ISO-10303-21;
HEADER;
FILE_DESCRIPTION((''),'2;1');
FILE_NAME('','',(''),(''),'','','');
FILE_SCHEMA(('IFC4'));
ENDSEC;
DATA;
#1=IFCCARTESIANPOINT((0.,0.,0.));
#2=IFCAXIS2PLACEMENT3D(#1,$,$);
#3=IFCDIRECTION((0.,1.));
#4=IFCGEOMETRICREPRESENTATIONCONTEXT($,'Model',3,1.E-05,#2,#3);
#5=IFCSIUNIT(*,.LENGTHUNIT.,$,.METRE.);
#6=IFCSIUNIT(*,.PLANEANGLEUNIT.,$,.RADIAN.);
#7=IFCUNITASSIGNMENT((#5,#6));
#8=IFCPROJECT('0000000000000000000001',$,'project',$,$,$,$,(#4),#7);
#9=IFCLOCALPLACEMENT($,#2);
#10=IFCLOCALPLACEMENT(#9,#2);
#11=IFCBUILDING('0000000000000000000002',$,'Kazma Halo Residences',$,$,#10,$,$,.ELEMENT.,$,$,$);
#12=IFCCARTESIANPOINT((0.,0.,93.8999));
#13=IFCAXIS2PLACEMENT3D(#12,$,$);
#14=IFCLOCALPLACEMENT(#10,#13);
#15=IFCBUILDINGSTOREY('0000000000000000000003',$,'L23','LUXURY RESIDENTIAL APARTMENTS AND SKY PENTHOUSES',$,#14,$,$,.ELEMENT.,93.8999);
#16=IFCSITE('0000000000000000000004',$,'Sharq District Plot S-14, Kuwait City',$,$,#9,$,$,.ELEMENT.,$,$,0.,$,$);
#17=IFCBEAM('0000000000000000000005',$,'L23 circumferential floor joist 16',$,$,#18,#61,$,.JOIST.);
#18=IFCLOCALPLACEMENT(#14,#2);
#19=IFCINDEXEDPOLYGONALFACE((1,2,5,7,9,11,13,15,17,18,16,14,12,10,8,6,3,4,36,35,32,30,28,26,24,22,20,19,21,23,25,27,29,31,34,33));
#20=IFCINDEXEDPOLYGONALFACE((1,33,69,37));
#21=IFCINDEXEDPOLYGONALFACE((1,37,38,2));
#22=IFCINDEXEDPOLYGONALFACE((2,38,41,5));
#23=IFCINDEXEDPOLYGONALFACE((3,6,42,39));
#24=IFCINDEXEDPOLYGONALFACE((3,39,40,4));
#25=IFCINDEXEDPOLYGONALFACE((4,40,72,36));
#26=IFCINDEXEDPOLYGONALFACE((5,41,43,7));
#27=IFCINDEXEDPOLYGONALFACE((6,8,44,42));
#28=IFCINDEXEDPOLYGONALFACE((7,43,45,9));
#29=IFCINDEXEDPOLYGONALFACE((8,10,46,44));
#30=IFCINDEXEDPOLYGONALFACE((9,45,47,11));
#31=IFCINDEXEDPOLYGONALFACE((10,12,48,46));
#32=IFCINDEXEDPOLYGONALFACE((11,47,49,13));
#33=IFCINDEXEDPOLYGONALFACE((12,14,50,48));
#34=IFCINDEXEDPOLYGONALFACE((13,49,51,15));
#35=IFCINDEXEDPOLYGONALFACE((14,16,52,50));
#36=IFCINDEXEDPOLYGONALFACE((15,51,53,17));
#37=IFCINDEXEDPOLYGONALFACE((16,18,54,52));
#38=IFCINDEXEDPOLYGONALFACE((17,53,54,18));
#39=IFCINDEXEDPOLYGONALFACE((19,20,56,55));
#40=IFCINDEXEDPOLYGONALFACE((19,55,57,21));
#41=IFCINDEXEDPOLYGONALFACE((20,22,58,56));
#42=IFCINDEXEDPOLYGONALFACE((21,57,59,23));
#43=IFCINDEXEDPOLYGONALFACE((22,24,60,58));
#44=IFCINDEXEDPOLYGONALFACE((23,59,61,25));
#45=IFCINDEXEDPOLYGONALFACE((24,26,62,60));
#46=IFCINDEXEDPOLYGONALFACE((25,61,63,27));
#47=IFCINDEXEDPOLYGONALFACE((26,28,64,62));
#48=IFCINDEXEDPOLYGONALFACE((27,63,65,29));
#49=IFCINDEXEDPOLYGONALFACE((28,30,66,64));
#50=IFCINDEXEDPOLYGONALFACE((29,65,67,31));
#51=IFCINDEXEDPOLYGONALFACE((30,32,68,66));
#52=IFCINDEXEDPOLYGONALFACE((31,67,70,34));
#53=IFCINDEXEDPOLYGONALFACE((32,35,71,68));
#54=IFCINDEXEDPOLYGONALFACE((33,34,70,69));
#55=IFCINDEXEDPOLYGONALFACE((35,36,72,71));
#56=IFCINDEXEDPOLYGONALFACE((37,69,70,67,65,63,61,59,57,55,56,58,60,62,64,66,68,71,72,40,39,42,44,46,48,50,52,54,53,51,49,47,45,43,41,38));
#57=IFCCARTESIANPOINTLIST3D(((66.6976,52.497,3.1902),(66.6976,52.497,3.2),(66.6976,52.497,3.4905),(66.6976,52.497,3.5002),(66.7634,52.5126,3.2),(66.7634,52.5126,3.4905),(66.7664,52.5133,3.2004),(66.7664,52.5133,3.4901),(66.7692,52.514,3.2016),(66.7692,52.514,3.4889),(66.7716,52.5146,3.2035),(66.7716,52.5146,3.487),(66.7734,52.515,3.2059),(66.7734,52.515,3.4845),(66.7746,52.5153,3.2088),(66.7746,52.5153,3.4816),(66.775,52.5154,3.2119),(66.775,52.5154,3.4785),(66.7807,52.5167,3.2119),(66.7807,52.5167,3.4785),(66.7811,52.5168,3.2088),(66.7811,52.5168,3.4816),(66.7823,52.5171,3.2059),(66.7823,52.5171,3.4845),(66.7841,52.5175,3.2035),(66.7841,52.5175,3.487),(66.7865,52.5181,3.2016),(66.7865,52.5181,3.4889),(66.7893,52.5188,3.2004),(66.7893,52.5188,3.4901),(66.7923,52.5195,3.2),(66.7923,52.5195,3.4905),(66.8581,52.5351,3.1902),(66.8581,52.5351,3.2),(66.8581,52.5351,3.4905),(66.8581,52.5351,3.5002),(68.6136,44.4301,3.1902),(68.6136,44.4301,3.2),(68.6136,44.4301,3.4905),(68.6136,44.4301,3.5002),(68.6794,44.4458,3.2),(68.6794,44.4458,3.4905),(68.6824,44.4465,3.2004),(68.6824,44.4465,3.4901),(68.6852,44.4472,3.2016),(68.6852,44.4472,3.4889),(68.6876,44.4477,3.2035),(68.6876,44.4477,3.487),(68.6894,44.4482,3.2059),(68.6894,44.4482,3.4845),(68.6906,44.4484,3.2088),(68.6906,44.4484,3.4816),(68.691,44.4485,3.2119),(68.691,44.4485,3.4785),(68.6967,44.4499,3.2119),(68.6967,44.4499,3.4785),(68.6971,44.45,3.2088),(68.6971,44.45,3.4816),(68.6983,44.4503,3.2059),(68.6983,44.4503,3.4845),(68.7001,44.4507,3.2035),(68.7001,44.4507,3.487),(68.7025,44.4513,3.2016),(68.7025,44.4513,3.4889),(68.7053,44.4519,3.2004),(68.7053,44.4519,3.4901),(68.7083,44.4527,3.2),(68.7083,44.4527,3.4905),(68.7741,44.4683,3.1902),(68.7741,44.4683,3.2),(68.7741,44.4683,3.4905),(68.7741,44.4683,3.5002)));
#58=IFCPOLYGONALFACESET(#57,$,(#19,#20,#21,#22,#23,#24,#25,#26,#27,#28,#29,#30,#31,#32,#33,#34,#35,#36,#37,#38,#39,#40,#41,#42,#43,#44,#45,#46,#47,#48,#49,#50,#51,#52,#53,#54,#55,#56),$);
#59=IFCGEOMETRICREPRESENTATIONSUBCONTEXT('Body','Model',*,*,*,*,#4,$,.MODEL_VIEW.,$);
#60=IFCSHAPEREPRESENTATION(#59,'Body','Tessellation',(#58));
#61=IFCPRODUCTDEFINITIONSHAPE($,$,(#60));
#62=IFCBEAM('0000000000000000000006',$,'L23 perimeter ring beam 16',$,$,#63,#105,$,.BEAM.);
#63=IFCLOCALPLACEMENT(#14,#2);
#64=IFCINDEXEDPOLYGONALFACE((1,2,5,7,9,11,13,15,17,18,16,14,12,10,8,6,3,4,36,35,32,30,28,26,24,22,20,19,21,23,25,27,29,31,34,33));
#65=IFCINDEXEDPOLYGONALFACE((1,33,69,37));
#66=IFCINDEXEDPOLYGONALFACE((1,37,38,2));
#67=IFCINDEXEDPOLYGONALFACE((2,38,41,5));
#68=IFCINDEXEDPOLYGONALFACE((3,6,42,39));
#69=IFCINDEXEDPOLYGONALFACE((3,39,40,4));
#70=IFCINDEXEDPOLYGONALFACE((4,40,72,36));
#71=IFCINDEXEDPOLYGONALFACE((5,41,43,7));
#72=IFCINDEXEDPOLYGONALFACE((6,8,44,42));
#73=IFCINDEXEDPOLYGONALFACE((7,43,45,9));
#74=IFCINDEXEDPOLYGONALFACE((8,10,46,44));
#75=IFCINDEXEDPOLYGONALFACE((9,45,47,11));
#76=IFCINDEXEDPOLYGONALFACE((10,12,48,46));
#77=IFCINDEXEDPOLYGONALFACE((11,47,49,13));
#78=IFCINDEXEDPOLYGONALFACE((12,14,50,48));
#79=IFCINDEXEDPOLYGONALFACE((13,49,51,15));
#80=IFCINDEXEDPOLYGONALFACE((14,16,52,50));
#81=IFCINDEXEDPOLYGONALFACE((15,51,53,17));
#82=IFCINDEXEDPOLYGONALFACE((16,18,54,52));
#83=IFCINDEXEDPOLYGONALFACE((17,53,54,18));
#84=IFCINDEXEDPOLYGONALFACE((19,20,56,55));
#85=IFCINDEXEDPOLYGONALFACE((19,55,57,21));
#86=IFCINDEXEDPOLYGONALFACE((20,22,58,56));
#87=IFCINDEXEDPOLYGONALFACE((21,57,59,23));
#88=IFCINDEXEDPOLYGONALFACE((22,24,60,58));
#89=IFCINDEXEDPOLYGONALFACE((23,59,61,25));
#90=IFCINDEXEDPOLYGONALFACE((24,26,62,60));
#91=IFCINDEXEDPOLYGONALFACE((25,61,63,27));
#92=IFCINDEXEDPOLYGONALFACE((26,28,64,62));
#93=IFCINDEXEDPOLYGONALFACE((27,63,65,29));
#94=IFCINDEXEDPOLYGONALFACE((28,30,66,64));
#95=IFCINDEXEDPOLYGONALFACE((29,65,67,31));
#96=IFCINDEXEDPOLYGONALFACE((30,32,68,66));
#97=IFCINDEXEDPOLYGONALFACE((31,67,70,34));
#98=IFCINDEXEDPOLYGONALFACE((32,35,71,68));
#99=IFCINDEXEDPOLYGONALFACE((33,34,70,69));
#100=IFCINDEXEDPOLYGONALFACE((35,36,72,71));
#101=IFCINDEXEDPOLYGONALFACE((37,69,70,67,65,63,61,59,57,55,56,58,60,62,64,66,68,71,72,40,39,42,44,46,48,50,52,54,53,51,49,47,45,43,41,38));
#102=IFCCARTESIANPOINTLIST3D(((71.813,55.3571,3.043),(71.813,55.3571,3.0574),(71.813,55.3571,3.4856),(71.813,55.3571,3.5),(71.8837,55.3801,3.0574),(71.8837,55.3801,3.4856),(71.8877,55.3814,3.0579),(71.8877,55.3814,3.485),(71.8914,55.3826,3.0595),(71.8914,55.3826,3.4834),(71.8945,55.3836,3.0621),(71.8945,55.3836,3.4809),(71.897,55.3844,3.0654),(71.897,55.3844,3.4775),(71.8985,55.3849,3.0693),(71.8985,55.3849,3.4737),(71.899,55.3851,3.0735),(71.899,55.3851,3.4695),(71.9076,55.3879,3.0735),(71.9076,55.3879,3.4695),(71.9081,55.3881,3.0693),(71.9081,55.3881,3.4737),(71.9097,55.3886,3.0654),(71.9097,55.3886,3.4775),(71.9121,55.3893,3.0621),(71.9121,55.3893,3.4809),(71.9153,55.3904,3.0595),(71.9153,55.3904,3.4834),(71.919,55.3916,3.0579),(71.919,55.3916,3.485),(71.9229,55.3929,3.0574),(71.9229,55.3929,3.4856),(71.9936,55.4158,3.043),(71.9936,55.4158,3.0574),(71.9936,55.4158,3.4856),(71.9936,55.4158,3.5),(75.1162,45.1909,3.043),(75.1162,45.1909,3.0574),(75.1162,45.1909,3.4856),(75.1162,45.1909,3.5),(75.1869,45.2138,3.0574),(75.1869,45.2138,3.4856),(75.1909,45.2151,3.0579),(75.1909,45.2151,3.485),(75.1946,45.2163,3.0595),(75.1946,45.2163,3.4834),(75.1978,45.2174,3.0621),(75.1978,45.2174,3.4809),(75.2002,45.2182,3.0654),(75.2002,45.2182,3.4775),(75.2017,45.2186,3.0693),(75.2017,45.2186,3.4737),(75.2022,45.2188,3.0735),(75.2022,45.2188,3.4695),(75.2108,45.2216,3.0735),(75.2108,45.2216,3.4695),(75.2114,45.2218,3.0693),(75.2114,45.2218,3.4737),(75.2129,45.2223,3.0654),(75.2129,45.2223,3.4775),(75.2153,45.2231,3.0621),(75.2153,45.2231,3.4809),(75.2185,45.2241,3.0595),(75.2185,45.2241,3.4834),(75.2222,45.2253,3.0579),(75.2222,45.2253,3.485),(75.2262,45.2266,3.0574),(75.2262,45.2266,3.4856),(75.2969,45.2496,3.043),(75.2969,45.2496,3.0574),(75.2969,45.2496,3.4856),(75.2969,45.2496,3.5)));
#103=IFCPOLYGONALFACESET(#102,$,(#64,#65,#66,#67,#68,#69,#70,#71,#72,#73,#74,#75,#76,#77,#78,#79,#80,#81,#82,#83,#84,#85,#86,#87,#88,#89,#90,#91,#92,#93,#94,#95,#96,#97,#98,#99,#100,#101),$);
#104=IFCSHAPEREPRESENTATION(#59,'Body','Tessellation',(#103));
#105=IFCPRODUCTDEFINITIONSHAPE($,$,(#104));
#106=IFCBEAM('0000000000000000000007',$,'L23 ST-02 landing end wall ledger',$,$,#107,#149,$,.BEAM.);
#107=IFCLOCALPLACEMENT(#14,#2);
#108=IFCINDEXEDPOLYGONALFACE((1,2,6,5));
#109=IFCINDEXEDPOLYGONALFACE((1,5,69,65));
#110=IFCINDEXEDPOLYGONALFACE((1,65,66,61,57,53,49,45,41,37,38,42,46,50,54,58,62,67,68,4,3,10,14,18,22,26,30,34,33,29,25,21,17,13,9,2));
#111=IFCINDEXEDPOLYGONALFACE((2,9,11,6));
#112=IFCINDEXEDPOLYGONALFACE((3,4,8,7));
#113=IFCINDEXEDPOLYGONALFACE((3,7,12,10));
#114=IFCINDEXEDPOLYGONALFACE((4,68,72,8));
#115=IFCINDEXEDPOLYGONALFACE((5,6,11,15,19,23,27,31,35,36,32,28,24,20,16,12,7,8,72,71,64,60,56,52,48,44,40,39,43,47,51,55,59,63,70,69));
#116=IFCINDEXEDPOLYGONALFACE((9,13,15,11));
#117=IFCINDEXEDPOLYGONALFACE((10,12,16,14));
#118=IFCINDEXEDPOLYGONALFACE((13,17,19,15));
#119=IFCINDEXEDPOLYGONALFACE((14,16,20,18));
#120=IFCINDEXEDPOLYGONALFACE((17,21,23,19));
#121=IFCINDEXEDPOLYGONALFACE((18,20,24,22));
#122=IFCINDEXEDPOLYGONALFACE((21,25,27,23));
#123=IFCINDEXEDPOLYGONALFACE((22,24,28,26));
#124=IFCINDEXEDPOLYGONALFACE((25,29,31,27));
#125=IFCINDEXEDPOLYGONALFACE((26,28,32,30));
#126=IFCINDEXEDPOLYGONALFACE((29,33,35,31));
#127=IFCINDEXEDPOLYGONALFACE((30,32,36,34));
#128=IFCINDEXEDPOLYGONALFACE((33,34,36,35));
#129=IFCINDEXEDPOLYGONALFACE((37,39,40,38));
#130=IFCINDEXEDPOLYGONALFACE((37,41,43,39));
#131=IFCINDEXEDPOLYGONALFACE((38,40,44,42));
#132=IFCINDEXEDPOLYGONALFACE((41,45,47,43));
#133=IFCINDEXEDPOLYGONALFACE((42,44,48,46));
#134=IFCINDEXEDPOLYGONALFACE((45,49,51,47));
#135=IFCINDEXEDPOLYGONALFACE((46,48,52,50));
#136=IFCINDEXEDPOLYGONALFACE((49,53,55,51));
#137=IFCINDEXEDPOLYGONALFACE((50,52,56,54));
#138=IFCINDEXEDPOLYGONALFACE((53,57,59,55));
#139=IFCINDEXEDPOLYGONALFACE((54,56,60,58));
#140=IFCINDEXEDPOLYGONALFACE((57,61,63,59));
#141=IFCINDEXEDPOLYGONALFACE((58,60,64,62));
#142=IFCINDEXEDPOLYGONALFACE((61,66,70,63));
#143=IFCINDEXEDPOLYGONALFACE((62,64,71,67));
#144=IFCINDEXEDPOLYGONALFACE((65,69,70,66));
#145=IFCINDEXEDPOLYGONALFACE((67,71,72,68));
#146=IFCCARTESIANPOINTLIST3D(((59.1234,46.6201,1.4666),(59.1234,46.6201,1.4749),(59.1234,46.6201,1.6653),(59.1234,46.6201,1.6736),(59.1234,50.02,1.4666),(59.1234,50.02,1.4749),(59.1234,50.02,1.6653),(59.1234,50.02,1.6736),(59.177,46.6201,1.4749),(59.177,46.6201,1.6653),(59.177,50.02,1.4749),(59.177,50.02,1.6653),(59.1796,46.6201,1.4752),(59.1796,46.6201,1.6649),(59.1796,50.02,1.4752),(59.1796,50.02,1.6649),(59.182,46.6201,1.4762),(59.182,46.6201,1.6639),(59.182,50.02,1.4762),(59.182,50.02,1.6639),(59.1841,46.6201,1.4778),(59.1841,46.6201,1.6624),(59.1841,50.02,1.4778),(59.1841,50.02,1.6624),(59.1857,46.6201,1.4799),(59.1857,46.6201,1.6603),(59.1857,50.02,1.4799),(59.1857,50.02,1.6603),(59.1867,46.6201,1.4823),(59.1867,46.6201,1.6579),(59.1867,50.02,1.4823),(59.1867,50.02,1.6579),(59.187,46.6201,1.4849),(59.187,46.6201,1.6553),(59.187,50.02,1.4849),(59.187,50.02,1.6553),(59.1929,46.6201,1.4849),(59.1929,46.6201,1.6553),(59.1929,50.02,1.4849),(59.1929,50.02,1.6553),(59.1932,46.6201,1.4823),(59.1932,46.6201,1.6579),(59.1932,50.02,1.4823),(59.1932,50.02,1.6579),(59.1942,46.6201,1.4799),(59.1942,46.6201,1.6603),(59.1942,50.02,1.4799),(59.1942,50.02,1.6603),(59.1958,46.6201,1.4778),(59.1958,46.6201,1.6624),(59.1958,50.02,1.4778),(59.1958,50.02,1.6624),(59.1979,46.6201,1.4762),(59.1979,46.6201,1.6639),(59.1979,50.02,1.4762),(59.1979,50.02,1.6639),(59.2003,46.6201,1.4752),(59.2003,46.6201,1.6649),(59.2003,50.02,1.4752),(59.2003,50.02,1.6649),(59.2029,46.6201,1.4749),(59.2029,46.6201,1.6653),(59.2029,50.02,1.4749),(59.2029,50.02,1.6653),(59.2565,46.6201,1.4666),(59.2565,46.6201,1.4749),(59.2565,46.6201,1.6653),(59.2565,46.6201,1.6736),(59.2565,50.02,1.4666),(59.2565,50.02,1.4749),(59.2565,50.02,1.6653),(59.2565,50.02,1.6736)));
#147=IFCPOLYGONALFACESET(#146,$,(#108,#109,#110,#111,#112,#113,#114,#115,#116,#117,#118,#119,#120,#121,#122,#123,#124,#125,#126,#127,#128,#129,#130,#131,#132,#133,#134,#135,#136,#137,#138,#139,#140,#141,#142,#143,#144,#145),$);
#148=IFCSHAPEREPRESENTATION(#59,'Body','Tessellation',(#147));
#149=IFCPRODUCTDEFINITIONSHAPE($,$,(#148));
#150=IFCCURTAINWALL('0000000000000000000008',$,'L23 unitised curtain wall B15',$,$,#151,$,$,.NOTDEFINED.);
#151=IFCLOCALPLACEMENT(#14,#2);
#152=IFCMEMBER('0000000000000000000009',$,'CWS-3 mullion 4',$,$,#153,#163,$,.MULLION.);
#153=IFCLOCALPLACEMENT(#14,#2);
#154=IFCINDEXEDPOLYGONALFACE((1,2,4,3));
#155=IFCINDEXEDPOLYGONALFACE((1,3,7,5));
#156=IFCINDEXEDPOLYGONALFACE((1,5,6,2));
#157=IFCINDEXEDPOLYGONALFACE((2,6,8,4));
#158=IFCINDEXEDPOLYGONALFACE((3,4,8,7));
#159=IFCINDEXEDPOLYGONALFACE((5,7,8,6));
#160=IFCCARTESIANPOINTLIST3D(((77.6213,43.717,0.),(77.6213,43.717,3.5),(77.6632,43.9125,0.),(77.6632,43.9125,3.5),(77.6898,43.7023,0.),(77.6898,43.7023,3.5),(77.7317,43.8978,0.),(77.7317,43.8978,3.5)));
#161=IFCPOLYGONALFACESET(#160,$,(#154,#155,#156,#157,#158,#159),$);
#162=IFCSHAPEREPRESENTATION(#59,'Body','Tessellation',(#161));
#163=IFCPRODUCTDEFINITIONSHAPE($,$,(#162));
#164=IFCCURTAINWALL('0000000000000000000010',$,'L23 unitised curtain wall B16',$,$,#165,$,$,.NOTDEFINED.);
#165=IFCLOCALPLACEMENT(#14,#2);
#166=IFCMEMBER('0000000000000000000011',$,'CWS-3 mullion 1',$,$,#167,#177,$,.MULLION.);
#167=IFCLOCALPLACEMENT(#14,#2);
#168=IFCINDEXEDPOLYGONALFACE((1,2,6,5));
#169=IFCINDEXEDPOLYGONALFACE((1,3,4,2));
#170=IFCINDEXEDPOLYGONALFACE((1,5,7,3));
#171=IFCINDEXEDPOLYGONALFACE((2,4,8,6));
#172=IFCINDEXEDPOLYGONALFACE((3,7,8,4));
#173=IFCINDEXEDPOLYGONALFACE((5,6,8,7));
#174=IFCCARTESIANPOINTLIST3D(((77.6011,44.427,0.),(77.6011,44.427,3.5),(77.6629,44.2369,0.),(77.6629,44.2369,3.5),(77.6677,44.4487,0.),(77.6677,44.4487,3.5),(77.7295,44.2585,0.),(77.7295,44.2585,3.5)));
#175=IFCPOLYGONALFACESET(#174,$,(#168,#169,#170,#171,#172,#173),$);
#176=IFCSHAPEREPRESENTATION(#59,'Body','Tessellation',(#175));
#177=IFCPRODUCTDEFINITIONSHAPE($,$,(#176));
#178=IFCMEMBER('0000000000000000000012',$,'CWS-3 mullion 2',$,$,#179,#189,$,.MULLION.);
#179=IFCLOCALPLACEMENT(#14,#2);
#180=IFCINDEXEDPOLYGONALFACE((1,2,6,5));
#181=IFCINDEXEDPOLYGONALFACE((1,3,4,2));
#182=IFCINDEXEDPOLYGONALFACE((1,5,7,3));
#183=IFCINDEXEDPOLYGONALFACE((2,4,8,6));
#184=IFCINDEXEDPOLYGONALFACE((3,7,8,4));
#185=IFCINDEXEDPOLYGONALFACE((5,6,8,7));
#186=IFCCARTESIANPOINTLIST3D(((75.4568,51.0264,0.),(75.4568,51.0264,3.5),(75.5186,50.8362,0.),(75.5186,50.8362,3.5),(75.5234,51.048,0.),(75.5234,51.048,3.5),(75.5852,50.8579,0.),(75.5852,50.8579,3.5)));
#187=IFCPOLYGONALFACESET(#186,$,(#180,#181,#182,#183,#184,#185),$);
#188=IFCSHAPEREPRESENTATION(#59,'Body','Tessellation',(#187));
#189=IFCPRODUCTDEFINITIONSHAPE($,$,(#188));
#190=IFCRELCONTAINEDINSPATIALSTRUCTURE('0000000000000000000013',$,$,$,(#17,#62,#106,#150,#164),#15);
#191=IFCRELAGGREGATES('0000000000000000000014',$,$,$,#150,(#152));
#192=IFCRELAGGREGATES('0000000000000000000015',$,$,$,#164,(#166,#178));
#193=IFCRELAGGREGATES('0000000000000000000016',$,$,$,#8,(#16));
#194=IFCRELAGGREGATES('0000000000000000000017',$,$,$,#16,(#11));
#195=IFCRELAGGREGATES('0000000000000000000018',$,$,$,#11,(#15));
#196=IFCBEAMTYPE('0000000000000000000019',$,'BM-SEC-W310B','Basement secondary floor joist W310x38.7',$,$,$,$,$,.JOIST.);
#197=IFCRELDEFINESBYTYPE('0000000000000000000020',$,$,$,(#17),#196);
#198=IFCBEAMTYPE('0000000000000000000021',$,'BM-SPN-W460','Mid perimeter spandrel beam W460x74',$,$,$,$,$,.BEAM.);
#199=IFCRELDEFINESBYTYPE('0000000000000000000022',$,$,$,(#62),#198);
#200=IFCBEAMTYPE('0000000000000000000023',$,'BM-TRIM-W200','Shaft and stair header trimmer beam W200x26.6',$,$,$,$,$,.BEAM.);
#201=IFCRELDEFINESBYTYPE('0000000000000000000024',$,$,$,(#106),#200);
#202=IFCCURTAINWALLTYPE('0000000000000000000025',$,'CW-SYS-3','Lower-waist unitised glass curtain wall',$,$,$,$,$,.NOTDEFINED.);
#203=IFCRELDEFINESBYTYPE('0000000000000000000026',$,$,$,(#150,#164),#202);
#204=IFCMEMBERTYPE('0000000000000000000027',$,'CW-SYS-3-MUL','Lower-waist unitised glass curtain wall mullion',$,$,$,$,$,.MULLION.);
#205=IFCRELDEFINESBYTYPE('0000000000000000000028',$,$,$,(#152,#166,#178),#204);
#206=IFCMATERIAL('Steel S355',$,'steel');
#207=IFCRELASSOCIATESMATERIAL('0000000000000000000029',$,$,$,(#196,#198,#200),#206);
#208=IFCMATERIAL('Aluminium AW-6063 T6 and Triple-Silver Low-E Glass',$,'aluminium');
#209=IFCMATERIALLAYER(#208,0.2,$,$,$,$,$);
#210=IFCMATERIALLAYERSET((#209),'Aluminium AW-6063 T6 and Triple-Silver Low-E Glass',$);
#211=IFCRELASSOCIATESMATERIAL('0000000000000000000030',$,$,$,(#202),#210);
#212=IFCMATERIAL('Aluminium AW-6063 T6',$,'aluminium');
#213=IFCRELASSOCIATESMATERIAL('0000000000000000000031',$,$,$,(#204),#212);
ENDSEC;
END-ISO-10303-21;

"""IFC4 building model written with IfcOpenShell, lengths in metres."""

from ifc_helpers import new_model, si_unit, direction, frame, origin, origin_2d, place, context, subcontext, project, spatial, rectangle, i_section, extrude, material, layer, layer_set, material_profile, profile_set, type_object, element, aggregate, save


model = new_model("IFC4")

# Units and contexts
model_context = context("Model", 3, precision=1e-05, world=origin(), true_north=direction((0.0, 1.0)))
body_context = subcontext(model_context, "Body", "Model", "MODEL_VIEW")
ifc_project = project(units=[si_unit("LENGTHUNIT", "METRE"), si_unit("PLANEANGLEUNIT", "RADIAN")], contexts=[model_context])

# Site, building, storey
site_placement = place(None, origin())
site = spatial("IfcSite", under=ifc_project, at=site_placement, Name="Sharq District Plot S-14, Kuwait City", CompositionType="ELEMENT", RefElevation=0.0)
building_placement = place(site_placement, origin())
building = spatial("IfcBuilding", under=site, at=building_placement, Name="Kazma Halo Residences", CompositionType="ELEMENT")
storey_placement = place(building_placement, frame((0.0, 0.0, 93.8999)))
storey = spatial("IfcBuildingStorey", under=building, at=storey_placement, Name="L23", Description="LUXURY RESIDENTIAL APARTMENTS AND SKY PENTHOUSES", CompositionType="ELEMENT", Elevation=93.8999)

# Beams
ifc_material_1 = material(Name="Steel S355", Category="steel")
ifc_material_profile_1 = material_profile(ifc_material_1, i_section(OverallWidth=0.165, OverallDepth=0.3101, WebThickness=0.0059, FlangeThickness=0.0098, FilletRadius=0.012, at=origin_2d()), Name="W310x38.7")
ifc_profile_set_1 = profile_set([ifc_material_profile_1], Name="Steel S355")
beam_type_1 = type_object("IfcBeamType", Name="BM-SEC-W310B", Description="Basement secondary floor joist W310x38.7", PredefinedType="JOIST", material=ifc_profile_set_1)
beam_1_placement = place(storey_placement, frame((68.6938, 44.4492, 3.3452), z_axis=(-0.231087, 0.972933, 0.0), x_axis=(-0.972933, -0.231087, 0.0)))
element("IfcBeam", 1, at=beam_1_placement, inside=storey, type_object=beam_type_1, Name="L23 circumferential floor joist 16", PredefinedType="JOIST", context=body_context, shape_type="SweptSolid", body=[
    extrude(i_section(OverallWidth=0.165, OverallDepth=0.3101, WebThickness=0.0059, FlangeThickness=0.0098, FilletRadius=0.012, at=origin_2d()), origin(), (0.0, 0.0, 1.0), 8.2913),
])
ifc_material_profile_2 = material_profile(ifc_material_1, i_section(OverallWidth=0.1899, OverallDepth=0.457, WebThickness=0.009, FlangeThickness=0.0144, FilletRadius=0.0161, at=origin_2d()), Name="W460x74")
ifc_profile_set_2 = profile_set([ifc_material_profile_2], Name="Steel S355")
beam_type_2 = type_object("IfcBeamType", Name="BM-SPN-W460", Description="Mid perimeter spandrel beam W460x74", PredefinedType="BEAM", material=ifc_profile_set_2)
beam_2_placement = place(storey_placement, frame((75.2065, 45.2202, 3.2715), z_axis=(-0.309017, 0.951056, 0.0), x_axis=(-0.951056, -0.309017, 0.0)))
element("IfcBeam", 2, at=beam_2_placement, inside=storey, type_object=beam_type_2, Name="L23 perimeter ring beam 16", PredefinedType="BEAM", context=body_context, shape_type="SweptSolid", body=[
    extrude(i_section(OverallWidth=0.1899, OverallDepth=0.457, WebThickness=0.009, FlangeThickness=0.0144, FilletRadius=0.0161, at=origin_2d()), origin(), (0.0, 0.0, 1.0), 10.6895),
])
ifc_material_profile_3 = material_profile(ifc_material_1, i_section(OverallWidth=0.1331, OverallDepth=0.207, WebThickness=0.0059, FlangeThickness=0.0083, FilletRadius=0.01, at=origin_2d()), Name="W200x26.6")
ifc_profile_set_3 = profile_set([ifc_material_profile_3], Name="Steel S355")
beam_type_3 = type_object("IfcBeamType", Name="BM-TRIM-W200", Description="Shaft and stair header trimmer beam W200x26.6", PredefinedType="BEAM", material=ifc_profile_set_3)
beam_3_placement = place(storey_placement, frame((59.1899, 46.6201, 1.5701), z_axis=(0.0, 1.0, 0.0), x_axis=(-1.0, 0.0, 0.0)))
element("IfcBeam", 3, at=beam_3_placement, inside=storey, type_object=beam_type_3, Name="L23 ST-02 landing end wall ledger", PredefinedType="BEAM", context=body_context, shape_type="SweptSolid", body=[
    extrude(i_section(OverallWidth=0.1331, OverallDepth=0.207, WebThickness=0.0059, FlangeThickness=0.0083, FilletRadius=0.01, at=origin_2d()), origin(), (0.0, 0.0, 1.0), 3.3999),
])

# Curtain wall, member
ifc_material_2 = material(Name="Aluminium AW-6063 T6 and Triple-Silver Low-E Glass", Category="aluminium")
ifc_layer_1 = layer(ifc_material_2, 0.2)
ifc_layer_set_1 = layer_set([ifc_layer_1], Name="Aluminium AW-6063 T6 and Triple-Silver Low-E Glass")
curtain_wall_type = type_object("IfcCurtainWallType", Name="CW-SYS-3", Description="Lower-waist unitised glass curtain wall", PredefinedType="NOTDEFINED", material=ifc_layer_set_1)
curtain_wall_1_placement = place(storey_placement, origin())
curtain_wall_1 = element("IfcCurtainWall", 4, at=curtain_wall_1_placement, inside=storey, type_object=curtain_wall_type, Name="L23 unitised curtain wall B15", PredefinedType="NOTDEFINED")
ifc_material_3 = material(Name="Aluminium AW-6063 T6", Category="aluminium")
ifc_material_profile_4 = material_profile(ifc_material_3, rectangle(XDim=0.0701, YDim=0.2, at=origin_2d()), Name="CWM-70x200")
ifc_profile_set_4 = profile_set([ifc_material_profile_4], Name="Aluminium AW-6063 T6")
member_type_1 = type_object("IfcMemberType", Name="CW-SYS-3-MUL", Description="Lower-waist unitised glass curtain wall mullion", PredefinedType="MULLION", material=ifc_profile_set_4)
member_1_placement = place(storey_placement, frame((77.6765, 43.8074, 0.0), z_axis=(0.0, 0.0, 1.0), x_axis=(-0.977774, 0.209661, 0.0)))
member_1 = element("IfcMember", 5, at=member_1_placement, type_object=member_type_1, Name="CWS-3 mullion 4", PredefinedType="MULLION", context=body_context, shape_type="SweptSolid", body=[
    extrude(rectangle(XDim=0.0701, YDim=0.2, at=origin_2d()), origin(), (0.0, 0.0, 1.0), 3.5),
])
aggregate(curtain_wall_1, [member_1])

# Curtain wall, members
curtain_wall_2_placement = place(storey_placement, origin())
curtain_wall_2 = element("IfcCurtainWall", 6, at=curtain_wall_2_placement, inside=storey, type_object=curtain_wall_type, Name="L23 unitised curtain wall B16", PredefinedType="NOTDEFINED")
member_2_placement = place(storey_placement, frame((77.6653, 44.3428, 0.0), z_axis=(0.0, 0.0, 1.0), x_axis=(-0.951058, -0.309013, 0.0)))
member_2 = element("IfcMember", 7, at=member_2_placement, type_object=member_type_1, Name="CWS-3 mullion 1", PredefinedType="MULLION", context=body_context, shape_type="SweptSolid", body=[
    extrude(rectangle(XDim=0.0701, YDim=0.2, at=origin_2d()), origin(), (0.0, 0.0, 1.0), 3.5),
])
member_3_placement = place(storey_placement, frame((75.521, 50.9421, 0.0), z_axis=(0.0, 0.0, 1.0), x_axis=(-0.951058, -0.309013, 0.0)))
member_3 = element("IfcMember", 8, at=member_3_placement, type_object=member_type_1, Name="CWS-3 mullion 2", PredefinedType="MULLION", context=body_context, shape_type="SweptSolid", body=[
    extrude(rectangle(XDim=0.0701, YDim=0.2, at=origin_2d()), origin(), (0.0, 0.0, 1.0), 3.5),
])
aggregate(curtain_wall_2, [member_2, member_3])

save(model, "model.ifc")
